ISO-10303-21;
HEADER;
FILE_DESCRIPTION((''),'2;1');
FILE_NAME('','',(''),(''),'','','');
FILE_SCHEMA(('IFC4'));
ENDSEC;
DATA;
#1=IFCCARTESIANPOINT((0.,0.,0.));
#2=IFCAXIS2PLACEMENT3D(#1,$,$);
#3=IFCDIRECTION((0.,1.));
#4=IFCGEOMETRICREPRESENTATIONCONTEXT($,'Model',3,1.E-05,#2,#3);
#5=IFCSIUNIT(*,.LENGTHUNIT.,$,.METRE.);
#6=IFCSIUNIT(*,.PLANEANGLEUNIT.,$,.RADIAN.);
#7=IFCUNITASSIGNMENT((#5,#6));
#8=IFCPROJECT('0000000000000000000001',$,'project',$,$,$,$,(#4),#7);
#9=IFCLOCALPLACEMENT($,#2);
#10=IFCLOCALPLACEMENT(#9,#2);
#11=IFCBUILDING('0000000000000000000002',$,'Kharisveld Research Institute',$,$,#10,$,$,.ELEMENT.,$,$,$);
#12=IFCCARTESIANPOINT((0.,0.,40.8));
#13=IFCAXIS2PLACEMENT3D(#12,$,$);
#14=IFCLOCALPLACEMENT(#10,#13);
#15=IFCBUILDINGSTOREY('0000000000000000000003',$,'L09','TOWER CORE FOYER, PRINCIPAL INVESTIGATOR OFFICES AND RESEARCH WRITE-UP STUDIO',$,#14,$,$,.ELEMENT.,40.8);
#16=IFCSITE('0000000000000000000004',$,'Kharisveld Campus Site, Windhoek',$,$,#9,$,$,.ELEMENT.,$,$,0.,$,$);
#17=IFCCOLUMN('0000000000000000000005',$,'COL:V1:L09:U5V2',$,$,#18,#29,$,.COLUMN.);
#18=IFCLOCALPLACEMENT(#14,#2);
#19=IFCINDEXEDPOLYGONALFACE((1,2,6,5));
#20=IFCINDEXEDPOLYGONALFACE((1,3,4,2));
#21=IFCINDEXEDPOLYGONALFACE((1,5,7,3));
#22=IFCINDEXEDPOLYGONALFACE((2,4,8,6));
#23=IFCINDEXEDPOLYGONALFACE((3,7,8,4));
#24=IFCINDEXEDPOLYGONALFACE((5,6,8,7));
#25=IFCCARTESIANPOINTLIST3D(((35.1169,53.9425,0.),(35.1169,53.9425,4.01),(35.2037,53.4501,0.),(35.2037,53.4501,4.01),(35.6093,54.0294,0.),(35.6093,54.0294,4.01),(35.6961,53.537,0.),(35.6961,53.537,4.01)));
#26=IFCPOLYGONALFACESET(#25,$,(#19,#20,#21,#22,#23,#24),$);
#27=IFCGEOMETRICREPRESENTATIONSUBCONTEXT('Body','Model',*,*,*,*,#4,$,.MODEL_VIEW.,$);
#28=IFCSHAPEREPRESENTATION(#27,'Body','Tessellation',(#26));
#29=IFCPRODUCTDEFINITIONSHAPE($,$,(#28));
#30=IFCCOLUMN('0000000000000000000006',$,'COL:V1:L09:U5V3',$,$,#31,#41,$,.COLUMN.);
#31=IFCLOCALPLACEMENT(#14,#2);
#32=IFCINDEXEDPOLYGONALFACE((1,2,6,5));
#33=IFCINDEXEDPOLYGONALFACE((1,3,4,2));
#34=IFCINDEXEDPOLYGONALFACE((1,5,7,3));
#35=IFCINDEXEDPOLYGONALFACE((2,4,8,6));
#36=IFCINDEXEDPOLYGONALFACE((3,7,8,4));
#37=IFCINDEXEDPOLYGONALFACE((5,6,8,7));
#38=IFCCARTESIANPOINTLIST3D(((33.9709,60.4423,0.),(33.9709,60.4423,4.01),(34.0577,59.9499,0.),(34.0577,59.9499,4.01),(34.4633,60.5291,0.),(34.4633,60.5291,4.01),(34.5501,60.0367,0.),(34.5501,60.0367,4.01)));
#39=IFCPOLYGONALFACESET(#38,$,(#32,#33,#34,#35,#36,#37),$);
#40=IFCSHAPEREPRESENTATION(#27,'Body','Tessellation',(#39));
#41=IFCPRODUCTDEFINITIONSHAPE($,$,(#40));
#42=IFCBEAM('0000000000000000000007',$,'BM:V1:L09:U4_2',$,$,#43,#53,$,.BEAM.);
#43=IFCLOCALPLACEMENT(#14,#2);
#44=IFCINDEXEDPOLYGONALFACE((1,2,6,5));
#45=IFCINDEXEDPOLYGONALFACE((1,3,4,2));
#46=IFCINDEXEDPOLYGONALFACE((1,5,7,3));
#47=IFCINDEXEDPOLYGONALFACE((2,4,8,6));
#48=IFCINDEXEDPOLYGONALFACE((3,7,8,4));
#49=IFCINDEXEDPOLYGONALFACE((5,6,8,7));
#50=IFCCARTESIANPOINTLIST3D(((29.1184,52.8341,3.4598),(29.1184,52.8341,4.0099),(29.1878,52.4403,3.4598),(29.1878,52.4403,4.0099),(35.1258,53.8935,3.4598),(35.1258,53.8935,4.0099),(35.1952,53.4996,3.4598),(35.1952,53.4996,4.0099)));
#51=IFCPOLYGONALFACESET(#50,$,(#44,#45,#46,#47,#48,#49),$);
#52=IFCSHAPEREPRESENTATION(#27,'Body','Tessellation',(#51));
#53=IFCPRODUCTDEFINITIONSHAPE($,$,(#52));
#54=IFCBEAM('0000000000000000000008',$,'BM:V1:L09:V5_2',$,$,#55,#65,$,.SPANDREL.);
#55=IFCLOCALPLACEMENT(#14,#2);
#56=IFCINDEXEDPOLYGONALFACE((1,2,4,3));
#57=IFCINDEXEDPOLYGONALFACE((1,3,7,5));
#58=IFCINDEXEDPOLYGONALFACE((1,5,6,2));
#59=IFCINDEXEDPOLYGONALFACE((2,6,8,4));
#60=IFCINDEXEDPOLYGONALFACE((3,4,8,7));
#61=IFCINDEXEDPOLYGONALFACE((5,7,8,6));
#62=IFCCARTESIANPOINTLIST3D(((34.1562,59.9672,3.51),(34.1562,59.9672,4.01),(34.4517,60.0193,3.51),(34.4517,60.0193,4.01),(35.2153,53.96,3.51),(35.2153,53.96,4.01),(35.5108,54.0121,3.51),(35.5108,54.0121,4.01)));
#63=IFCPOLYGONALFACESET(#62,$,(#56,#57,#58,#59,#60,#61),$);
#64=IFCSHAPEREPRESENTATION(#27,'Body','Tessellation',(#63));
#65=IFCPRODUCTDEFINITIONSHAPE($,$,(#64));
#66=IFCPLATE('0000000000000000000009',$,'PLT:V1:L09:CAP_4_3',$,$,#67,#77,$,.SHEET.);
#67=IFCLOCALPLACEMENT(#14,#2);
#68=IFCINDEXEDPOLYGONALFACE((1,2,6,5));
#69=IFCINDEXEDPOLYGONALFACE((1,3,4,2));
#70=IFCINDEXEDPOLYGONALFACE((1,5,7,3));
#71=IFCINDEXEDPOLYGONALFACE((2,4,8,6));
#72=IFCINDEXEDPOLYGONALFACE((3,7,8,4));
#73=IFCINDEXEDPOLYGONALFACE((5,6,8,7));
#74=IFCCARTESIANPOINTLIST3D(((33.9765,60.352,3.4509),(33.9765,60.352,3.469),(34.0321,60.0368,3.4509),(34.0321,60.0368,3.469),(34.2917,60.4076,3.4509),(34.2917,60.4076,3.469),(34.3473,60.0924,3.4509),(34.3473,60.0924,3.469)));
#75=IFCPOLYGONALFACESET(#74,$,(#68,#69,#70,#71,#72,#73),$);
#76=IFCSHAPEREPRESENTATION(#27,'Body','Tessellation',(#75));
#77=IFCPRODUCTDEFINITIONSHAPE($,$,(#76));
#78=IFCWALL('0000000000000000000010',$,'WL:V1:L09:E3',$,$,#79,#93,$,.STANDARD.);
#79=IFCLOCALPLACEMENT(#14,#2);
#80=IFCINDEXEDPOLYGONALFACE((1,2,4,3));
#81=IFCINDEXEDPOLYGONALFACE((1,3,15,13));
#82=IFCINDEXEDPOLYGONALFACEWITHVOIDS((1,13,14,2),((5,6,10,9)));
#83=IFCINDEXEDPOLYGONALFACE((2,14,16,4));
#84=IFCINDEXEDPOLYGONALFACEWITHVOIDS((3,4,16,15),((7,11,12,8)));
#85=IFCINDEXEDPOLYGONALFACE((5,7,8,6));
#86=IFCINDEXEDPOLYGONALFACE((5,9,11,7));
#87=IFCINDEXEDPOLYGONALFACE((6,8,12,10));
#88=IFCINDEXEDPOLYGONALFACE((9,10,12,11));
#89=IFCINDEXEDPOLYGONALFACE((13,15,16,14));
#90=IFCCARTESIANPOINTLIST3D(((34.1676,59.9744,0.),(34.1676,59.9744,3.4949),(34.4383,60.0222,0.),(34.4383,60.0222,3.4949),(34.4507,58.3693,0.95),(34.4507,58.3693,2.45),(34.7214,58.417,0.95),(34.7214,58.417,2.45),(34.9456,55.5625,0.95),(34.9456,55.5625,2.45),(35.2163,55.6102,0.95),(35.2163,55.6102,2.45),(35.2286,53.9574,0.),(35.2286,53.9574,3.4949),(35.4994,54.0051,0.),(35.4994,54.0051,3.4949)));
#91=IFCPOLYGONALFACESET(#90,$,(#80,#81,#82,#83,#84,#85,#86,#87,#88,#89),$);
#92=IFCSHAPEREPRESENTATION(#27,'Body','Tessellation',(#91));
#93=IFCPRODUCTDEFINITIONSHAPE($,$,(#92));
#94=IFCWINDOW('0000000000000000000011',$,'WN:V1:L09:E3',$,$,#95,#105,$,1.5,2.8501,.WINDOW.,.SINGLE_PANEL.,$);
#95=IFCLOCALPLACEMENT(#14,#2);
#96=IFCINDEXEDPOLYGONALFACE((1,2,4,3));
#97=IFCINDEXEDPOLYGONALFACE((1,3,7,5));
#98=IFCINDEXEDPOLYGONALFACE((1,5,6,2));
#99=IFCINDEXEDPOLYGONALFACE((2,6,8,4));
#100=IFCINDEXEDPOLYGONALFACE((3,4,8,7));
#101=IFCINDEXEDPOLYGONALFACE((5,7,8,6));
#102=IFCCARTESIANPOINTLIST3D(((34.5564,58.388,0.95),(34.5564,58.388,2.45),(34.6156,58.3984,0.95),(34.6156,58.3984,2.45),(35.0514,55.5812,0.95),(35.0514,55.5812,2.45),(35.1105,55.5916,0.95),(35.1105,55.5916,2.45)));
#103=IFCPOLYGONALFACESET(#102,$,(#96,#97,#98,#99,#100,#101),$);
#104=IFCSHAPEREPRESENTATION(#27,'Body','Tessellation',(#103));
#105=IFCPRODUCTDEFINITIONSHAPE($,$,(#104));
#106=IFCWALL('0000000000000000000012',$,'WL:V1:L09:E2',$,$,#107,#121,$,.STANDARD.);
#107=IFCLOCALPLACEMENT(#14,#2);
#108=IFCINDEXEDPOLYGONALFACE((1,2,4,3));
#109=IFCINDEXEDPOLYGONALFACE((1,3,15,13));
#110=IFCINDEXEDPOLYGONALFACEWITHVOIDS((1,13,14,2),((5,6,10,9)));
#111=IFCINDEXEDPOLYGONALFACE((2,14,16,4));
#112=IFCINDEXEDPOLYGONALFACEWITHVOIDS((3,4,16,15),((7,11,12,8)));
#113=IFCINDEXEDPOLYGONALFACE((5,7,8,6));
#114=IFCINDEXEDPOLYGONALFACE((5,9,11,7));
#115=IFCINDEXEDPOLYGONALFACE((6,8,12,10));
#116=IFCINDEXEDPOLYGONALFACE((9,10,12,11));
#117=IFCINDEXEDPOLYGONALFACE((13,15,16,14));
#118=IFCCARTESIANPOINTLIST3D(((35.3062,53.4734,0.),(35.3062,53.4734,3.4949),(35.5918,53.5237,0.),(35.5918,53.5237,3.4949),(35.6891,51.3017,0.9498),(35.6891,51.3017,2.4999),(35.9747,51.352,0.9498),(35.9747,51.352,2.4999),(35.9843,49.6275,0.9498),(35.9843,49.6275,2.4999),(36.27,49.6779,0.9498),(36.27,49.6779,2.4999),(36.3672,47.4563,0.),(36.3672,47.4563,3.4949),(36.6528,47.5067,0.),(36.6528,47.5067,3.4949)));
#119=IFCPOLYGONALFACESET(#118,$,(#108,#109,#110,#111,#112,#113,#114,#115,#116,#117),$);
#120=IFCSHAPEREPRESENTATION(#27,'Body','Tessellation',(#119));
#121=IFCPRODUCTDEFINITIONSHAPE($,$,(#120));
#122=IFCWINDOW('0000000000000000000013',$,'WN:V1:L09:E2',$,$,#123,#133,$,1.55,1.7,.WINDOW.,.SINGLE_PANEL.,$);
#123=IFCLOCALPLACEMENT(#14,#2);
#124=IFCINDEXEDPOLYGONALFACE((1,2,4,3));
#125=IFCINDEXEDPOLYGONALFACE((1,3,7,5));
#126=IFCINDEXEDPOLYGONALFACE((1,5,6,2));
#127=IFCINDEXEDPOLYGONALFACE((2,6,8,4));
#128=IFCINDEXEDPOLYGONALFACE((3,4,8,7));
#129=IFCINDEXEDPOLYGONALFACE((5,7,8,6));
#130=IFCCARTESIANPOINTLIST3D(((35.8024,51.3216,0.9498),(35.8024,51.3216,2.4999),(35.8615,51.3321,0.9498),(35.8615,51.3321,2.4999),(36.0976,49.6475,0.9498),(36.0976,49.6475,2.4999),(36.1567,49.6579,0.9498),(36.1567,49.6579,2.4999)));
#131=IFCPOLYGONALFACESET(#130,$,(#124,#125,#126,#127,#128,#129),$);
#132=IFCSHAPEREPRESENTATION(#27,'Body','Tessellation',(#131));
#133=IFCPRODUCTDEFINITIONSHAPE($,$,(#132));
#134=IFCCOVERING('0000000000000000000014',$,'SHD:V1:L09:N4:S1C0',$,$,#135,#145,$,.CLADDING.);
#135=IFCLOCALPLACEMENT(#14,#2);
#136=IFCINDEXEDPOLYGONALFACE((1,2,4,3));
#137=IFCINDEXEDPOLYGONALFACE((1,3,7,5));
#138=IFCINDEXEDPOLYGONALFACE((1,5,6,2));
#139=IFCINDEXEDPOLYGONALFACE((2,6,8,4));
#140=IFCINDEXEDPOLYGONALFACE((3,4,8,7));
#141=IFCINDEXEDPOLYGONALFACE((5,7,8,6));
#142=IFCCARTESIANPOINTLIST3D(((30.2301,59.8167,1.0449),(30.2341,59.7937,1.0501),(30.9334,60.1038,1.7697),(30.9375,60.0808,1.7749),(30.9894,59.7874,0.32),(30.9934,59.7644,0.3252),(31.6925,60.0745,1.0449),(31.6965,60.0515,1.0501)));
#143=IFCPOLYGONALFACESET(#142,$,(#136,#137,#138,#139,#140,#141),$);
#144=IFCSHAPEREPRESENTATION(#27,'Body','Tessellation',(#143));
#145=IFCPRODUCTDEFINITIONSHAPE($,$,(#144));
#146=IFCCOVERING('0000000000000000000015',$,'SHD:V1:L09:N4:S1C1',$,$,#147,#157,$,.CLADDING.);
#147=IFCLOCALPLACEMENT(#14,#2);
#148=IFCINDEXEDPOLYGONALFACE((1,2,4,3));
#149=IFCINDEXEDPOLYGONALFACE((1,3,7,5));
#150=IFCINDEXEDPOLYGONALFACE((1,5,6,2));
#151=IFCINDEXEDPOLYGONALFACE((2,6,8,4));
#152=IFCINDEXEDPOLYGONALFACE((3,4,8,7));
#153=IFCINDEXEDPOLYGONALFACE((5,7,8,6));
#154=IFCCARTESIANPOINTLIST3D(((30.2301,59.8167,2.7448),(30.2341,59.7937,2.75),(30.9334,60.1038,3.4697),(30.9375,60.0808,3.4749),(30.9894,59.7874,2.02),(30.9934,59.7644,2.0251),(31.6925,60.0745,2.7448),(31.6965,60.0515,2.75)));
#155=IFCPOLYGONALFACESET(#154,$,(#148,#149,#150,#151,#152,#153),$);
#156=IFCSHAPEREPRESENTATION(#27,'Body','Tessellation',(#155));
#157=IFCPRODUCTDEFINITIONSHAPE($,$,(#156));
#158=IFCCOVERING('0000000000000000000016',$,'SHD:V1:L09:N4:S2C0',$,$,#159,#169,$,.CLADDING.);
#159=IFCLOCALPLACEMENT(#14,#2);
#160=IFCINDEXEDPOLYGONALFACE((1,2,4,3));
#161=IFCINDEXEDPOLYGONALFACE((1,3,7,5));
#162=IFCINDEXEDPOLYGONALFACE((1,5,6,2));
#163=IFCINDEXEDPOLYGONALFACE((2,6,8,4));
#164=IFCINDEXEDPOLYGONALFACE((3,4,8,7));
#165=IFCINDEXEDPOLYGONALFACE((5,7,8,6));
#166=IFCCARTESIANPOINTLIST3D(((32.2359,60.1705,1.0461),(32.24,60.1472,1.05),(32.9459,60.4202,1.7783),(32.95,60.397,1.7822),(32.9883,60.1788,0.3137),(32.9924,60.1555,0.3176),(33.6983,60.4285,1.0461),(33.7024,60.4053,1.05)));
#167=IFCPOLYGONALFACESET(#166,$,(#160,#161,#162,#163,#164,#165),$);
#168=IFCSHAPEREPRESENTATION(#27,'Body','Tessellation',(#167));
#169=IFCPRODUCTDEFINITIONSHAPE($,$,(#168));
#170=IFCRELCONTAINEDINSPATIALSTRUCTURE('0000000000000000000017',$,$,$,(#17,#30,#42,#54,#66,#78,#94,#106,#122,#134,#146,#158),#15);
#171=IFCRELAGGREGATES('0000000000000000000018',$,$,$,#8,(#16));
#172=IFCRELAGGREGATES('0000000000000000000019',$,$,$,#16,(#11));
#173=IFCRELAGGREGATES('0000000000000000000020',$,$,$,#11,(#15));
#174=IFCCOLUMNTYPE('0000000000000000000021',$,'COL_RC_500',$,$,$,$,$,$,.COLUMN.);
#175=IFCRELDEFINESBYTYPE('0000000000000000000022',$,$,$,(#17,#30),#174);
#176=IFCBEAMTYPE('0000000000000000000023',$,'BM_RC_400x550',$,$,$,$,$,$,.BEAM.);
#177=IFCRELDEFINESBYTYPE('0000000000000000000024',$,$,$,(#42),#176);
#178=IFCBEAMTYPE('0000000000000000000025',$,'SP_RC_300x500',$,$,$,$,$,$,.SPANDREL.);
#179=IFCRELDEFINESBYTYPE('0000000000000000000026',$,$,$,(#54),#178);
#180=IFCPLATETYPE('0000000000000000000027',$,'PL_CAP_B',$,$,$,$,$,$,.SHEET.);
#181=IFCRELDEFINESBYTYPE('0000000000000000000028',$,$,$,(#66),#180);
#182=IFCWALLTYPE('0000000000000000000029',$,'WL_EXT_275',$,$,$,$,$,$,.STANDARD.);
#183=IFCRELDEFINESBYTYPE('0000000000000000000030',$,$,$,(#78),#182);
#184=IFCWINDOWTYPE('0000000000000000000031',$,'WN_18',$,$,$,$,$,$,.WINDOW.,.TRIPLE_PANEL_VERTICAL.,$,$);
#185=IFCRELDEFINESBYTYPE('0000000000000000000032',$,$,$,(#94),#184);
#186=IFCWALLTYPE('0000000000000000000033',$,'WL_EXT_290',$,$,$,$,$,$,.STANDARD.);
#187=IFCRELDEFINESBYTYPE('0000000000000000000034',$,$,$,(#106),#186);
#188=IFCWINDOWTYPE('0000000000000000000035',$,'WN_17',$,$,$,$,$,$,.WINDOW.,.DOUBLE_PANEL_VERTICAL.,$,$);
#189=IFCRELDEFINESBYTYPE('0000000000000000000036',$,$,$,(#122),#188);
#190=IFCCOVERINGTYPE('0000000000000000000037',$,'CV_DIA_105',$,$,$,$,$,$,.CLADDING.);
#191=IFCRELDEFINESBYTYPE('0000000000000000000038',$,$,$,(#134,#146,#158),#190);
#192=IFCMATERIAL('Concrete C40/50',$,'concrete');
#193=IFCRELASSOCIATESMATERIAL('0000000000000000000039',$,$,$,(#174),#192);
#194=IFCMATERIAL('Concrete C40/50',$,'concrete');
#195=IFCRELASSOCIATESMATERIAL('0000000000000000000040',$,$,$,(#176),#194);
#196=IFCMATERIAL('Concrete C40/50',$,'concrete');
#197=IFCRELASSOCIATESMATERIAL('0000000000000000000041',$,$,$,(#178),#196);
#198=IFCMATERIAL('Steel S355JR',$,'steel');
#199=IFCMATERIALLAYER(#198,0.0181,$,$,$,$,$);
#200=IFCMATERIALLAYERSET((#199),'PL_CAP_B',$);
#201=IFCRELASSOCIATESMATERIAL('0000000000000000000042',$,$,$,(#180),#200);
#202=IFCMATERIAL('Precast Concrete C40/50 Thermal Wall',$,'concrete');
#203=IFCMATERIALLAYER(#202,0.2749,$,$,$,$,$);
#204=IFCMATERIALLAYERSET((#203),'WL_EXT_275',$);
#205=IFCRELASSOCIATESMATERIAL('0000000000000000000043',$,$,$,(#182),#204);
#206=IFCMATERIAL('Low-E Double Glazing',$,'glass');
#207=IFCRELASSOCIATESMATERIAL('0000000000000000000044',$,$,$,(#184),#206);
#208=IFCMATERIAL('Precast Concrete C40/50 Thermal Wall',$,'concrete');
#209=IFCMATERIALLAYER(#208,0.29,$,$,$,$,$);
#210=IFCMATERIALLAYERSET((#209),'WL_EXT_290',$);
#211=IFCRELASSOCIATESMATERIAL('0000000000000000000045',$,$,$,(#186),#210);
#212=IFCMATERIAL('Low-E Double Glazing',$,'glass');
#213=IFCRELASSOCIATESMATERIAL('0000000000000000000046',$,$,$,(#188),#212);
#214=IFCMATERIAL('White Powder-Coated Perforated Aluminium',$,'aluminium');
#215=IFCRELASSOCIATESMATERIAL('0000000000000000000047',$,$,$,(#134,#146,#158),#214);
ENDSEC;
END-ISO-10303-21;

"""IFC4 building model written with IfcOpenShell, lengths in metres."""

from ifc_helpers import new_model, si_unit, direction, frame, frame_2d, origin, origin_2d, place, context, subcontext, project, spatial, polyline, rectangle, outline, extrude, material, layer, layer_set, material_profile, profile_set, type_object, element, fill, save


model = new_model("IFC4")

# Units and contexts
model_context = context("Model", 3, precision=1e-05, world=origin(), true_north=direction((0.0, 1.0)))
body_context = subcontext(model_context, "Body", "Model", "MODEL_VIEW")
ifc_project = project(units=[si_unit("LENGTHUNIT", "METRE"), si_unit("PLANEANGLEUNIT", "RADIAN")], contexts=[model_context])

# Site, building, storey
site_placement = place(None, origin())
site = spatial("IfcSite", under=ifc_project, at=site_placement, Name="Kharisveld Campus Site, Windhoek", CompositionType="ELEMENT", RefElevation=0.0)
building_placement = place(site_placement, origin())
building = spatial("IfcBuilding", under=site, at=building_placement, Name="Kharisveld Research Institute", CompositionType="ELEMENT")
storey_placement = place(building_placement, frame((0.0, 0.0, 40.8)))
storey = spatial("IfcBuildingStorey", under=building, at=storey_placement, Name="L09", Description="TOWER CORE FOYER, PRINCIPAL INVESTIGATOR OFFICES AND RESEARCH WRITE-UP STUDIO", CompositionType="ELEMENT", Elevation=40.8)

# Columns
ifc_material_1 = material(Name="Concrete C40/50", Category="concrete")
ifc_material_profile_1 = material_profile(ifc_material_1, rectangle(XDim=0.5, YDim=0.5, at=origin_2d()))
ifc_profile_set_1 = profile_set([ifc_material_profile_1], Name="Concrete C40/50")
column_type = type_object("IfcColumnType", Name="COL_RC_500", PredefinedType="COLUMN", material=ifc_profile_set_1)
for number, where, z_axis, x_axis, name in (
    (1, (35.4065, 53.7397, 0.0), (0.0, 0.0, 1.0), (0.984808, 0.173648, 0.0), "COL:V1:L09:U5V2"),
    (2, (34.2605, 60.2395, 0.0), (0.0, 0.0, 1.0), (0.984808, 0.173648, 0.0), "COL:V1:L09:U5V3"),
):
    element("IfcColumn", number, at=place(storey_placement, frame(where, z_axis=z_axis, x_axis=x_axis)), inside=storey, type_object=column_type, Name=name, PredefinedType="COLUMN", context=body_context, shape_type="SweptSolid", body=[
        extrude(rectangle(XDim=0.5, YDim=0.5, at=origin_2d()), origin(), (0.0, 0.0, 1.0), 4.01),
    ])

# Beams
ifc_material_2 = material(Name="Concrete C40/50", Category="concrete")
ifc_material_profile_2 = material_profile(ifc_material_2, rectangle(XDim=0.3999, YDim=0.55, at=origin_2d()))
ifc_profile_set_2 = profile_set([ifc_material_profile_2], Name="Concrete C40/50")
beam_type_1 = type_object("IfcBeamType", Name="BM_RC_400x550", PredefinedType="BEAM", material=ifc_profile_set_2)
beam_1_placement = place(storey_placement, frame((29.1531, 52.6372, 3.7349), z_axis=(0.984806, 0.17366, 0.0), x_axis=(-0.17366, 0.984806, 0.0)))
element("IfcBeam", 3, at=beam_1_placement, inside=storey, type_object=beam_type_1, Name="BM:V1:L09:U4_2", PredefinedType="BEAM", context=body_context, shape_type="SweptSolid", body=[
    extrude(rectangle(XDim=0.3999, YDim=0.55, at=origin_2d()), origin(), (0.0, 0.0, 1.0), 6.1001),
])
ifc_material_3 = material(Name="Concrete C40/50", Category="concrete")
ifc_material_profile_3 = material_profile(ifc_material_3, rectangle(XDim=0.3, YDim=0.5, at=origin_2d()))
ifc_profile_set_3 = profile_set([ifc_material_profile_3], Name="Concrete C40/50")
beam_type_2 = type_object("IfcBeamType", Name="SP_RC_300x500", PredefinedType="SPANDREL", material=ifc_profile_set_3)
beam_2_placement = place(storey_placement, frame((35.363, 53.9861, 3.76), z_axis=(-0.173621, 0.984813, 0.0), x_axis=(-0.984813, -0.173621, 0.0)))
element("IfcBeam", 4, at=beam_2_placement, inside=storey, type_object=beam_type_2, Name="BM:V1:L09:V5_2", PredefinedType="SPANDREL", context=body_context, shape_type="SweptSolid", body=[
    extrude(rectangle(XDim=0.3, YDim=0.5, at=origin_2d()), origin(), (0.0, 0.0, 1.0), 6.0999),
])

# Plate
ifc_material_4 = material(Name="Steel S355JR", Category="steel")
ifc_layer_1 = layer(ifc_material_4, 0.0181)
ifc_layer_set_1 = layer_set([ifc_layer_1], Name="PL_CAP_B")
plate_type = type_object("IfcPlateType", Name="PL_CAP_B", PredefinedType="SHEET", material=ifc_layer_set_1)
plate_placement = place(storey_placement, frame((34.1619, 60.2222, 3.4509), z_axis=(0.0, 0.0, 1.0), x_axis=(0.984808, 0.173648, 0.0)))
element("IfcPlate", 5, at=plate_placement, inside=storey, type_object=plate_type, Name="PLT:V1:L09:CAP_4_3", PredefinedType="SHEET", context=body_context, shape_type="SweptSolid", body=[
    extrude(rectangle(XDim=0.3201, YDim=0.3201, at=origin_2d()), origin(), (0.0, 0.0, 1.0), 0.0181),
])

# Walls, openings, windows
ifc_material_5 = material(Name="Precast Concrete C40/50 Thermal Wall", Category="concrete")
ifc_layer_2 = layer(ifc_material_5, 0.2749)
ifc_layer_set_2 = layer_set([ifc_layer_2], Name="WL_EXT_275")
wall_type_1 = type_object("IfcWallType", Name="WL_EXT_275", PredefinedType="STANDARD", material=ifc_layer_set_2)
wall_1_placement = place(storey_placement, frame((34.303, 59.9983, 0.0), z_axis=(0.0, 0.0, 1.0), x_axis=(0.173658, -0.984806, 0.0)))
wall_1 = element("IfcWall", 6, at=wall_1_placement, inside=storey, type_object=wall_type_1, Name="WL:V1:L09:E3", PredefinedType="STANDARD", context=body_context, shape_type="SweptSolid", body=[
    extrude(rectangle(XDim=6.1099, YDim=0.2749, at=frame_2d((3.0549, 0.0))), origin(), (0.0, 0.0, 1.0), 3.4949),
])
opening_1_placement = place(wall_1_placement, frame((1.6299, 0.0, 0.95)))
opening_1 = element("IfcOpeningElement", 7, at=opening_1_placement, cuts=wall_1, PredefinedType="OPENING", context=body_context, shape_type="SweptSolid", body=[
    extrude(rectangle(XDim=2.8501, YDim=1.5, at=frame_2d((1.425, 0.75))), frame((0.0, 0.1375, 0.0), z_axis=(0.0, -1.0, 0.0), x_axis=(1.0, 0.0, 0.0)), (0.0, 0.0, 1.0), 0.2749),
])
ifc_material_6 = material(Name="Low-E Double Glazing", Category="glass")
window_type_1 = type_object("IfcWindowType", Name="WN_18", PartitioningType="TRIPLE_PANEL_VERTICAL", PredefinedType="WINDOW", material=ifc_material_6)
window_1_placement = place(opening_1_placement, origin())
window_1 = element("IfcWindow", 8, at=window_1_placement, inside=storey, type_object=window_type_1, Name="WN:V1:L09:E3", OverallHeight=1.5, OverallWidth=2.8501, PartitioningType="SINGLE_PANEL", PredefinedType="WINDOW", context=body_context, shape_type="SweptSolid", body=[
    extrude(rectangle(XDim=2.8501, YDim=1.5, at=frame_2d((1.425, 0.75))), frame((0.0, 0.03, 0.0), z_axis=(0.0, -1.0, 0.0), x_axis=(1.0, 0.0, 0.0)), (0.0, 0.0, 1.0), 0.0601),
])
fill(opening_1, window_1)
ifc_material_7 = material(Name="Precast Concrete C40/50 Thermal Wall", Category="concrete")
ifc_layer_3 = layer(ifc_material_7, 0.29)
ifc_layer_set_3 = layer_set([ifc_layer_3], Name="WL_EXT_290")
wall_type_2 = type_object("IfcWallType", Name="WL_EXT_290", PredefinedType="STANDARD", material=ifc_layer_set_3)
wall_2_placement = place(storey_placement, frame((35.449, 53.4985, 0.0), z_axis=(0.0, 0.0, 1.0), x_axis=(0.173658, -0.984806, 0.0)))
wall_2 = element("IfcWall", 9, at=wall_2_placement, inside=storey, type_object=wall_type_2, Name="WL:V1:L09:E2", PredefinedType="STANDARD", context=body_context, shape_type="SweptSolid", body=[
    extrude(rectangle(XDim=6.1099, YDim=0.29, at=frame_2d((3.0549, 0.0))), origin(), (0.0, 0.0, 1.0), 3.4949),
])
opening_2_placement = place(wall_2_placement, frame((2.2051, 0.0, 0.95)))
opening_2 = element("IfcOpeningElement", 10, at=opening_2_placement, cuts=wall_2, PredefinedType="OPENING", context=body_context, shape_type="SweptSolid", body=[
    extrude(rectangle(XDim=1.7, YDim=1.55, at=frame_2d((0.8501, 0.7749))), frame((0.0, 0.145, 0.0), z_axis=(0.0, -1.0, 0.0), x_axis=(1.0, 0.0, 0.0)), (0.0, 0.0, 1.0), 0.29),
])
ifc_material_8 = material(Name="Low-E Double Glazing", Category="glass")
window_type_2 = type_object("IfcWindowType", Name="WN_17", PartitioningType="DOUBLE_PANEL_VERTICAL", PredefinedType="WINDOW", material=ifc_material_8)
window_2_placement = place(opening_2_placement, origin())
window_2 = element("IfcWindow", 11, at=window_2_placement, inside=storey, type_object=window_type_2, Name="WN:V1:L09:E2", OverallHeight=1.55, OverallWidth=1.7, PartitioningType="SINGLE_PANEL", PredefinedType="WINDOW", context=body_context, shape_type="SweptSolid", body=[
    extrude(rectangle(XDim=1.7, YDim=1.55, at=frame_2d((0.8501, 0.7749))), frame((0.0, 0.03, 0.0), z_axis=(0.0, -1.0, 0.0), x_axis=(1.0, 0.0, 0.0)), (0.0, 0.0, 1.0), 0.0601),
])
fill(opening_2, window_2)

# Coverings
ifc_material_9 = material(Name="White Powder-Coated Perforated Aluminium", Category="aluminium")
covering_type = type_object("IfcCoveringType", Name="CV_DIA_105", PredefinedType="CLADDING")
for number, where, z_axis, x_axis, name in (
    (12, (30.9934, 59.7644, 0.3252), (0.169503, -0.961481, 0.216385), (0.669728, 0.273452, 0.690426), "SHD:V1:L09:N4:S1C0"),
    (13, (30.9934, 59.7644, 2.0251), (0.169503, -0.961481, 0.216385), (0.669728, 0.273452, 0.690426), "SHD:V1:L09:N4:S1C1"),
):
    element("IfcCovering", number, at=place(storey_placement, frame(where, z_axis=z_axis, x_axis=x_axis)), inside=storey, type_object=covering_type, material=ifc_material_9, Name=name, PredefinedType="CLADDING", context=body_context, shape_type="SweptSolid", body=[
        extrude(outline(polyline([(0.0, 0.0), (1.0499, 0.0), (1.05, 1.05), (0.0, 1.0501), (0.0, 0.0)])), origin(), (0.0, 0.0, -1.0), 0.0239),
    ])
for number, where, z_axis, x_axis, name in (
    (14, (32.9924, 60.1555, 0.3176), (0.171391, -0.971272, 0.165096), (0.676038, 0.237842, 0.697426), "SHD:V1:L09:N4:S2C0"),
):
    element("IfcCovering", number, at=place(storey_placement, frame(where, z_axis=z_axis, x_axis=x_axis)), inside=storey, type_object=covering_type, material=ifc_material_9, Name=name, PredefinedType="CLADDING", context=body_context, shape_type="SweptSolid", body=[
        extrude(outline(polyline([(0.0, 0.0), (1.0502, 0.0), (1.0502, 1.0499), (0.0002, 1.0501), (0.0, 0.0)])), origin(), (0.0, 0.0, -1.0), 0.0239),
    ])

save(model, "model.ifc")
